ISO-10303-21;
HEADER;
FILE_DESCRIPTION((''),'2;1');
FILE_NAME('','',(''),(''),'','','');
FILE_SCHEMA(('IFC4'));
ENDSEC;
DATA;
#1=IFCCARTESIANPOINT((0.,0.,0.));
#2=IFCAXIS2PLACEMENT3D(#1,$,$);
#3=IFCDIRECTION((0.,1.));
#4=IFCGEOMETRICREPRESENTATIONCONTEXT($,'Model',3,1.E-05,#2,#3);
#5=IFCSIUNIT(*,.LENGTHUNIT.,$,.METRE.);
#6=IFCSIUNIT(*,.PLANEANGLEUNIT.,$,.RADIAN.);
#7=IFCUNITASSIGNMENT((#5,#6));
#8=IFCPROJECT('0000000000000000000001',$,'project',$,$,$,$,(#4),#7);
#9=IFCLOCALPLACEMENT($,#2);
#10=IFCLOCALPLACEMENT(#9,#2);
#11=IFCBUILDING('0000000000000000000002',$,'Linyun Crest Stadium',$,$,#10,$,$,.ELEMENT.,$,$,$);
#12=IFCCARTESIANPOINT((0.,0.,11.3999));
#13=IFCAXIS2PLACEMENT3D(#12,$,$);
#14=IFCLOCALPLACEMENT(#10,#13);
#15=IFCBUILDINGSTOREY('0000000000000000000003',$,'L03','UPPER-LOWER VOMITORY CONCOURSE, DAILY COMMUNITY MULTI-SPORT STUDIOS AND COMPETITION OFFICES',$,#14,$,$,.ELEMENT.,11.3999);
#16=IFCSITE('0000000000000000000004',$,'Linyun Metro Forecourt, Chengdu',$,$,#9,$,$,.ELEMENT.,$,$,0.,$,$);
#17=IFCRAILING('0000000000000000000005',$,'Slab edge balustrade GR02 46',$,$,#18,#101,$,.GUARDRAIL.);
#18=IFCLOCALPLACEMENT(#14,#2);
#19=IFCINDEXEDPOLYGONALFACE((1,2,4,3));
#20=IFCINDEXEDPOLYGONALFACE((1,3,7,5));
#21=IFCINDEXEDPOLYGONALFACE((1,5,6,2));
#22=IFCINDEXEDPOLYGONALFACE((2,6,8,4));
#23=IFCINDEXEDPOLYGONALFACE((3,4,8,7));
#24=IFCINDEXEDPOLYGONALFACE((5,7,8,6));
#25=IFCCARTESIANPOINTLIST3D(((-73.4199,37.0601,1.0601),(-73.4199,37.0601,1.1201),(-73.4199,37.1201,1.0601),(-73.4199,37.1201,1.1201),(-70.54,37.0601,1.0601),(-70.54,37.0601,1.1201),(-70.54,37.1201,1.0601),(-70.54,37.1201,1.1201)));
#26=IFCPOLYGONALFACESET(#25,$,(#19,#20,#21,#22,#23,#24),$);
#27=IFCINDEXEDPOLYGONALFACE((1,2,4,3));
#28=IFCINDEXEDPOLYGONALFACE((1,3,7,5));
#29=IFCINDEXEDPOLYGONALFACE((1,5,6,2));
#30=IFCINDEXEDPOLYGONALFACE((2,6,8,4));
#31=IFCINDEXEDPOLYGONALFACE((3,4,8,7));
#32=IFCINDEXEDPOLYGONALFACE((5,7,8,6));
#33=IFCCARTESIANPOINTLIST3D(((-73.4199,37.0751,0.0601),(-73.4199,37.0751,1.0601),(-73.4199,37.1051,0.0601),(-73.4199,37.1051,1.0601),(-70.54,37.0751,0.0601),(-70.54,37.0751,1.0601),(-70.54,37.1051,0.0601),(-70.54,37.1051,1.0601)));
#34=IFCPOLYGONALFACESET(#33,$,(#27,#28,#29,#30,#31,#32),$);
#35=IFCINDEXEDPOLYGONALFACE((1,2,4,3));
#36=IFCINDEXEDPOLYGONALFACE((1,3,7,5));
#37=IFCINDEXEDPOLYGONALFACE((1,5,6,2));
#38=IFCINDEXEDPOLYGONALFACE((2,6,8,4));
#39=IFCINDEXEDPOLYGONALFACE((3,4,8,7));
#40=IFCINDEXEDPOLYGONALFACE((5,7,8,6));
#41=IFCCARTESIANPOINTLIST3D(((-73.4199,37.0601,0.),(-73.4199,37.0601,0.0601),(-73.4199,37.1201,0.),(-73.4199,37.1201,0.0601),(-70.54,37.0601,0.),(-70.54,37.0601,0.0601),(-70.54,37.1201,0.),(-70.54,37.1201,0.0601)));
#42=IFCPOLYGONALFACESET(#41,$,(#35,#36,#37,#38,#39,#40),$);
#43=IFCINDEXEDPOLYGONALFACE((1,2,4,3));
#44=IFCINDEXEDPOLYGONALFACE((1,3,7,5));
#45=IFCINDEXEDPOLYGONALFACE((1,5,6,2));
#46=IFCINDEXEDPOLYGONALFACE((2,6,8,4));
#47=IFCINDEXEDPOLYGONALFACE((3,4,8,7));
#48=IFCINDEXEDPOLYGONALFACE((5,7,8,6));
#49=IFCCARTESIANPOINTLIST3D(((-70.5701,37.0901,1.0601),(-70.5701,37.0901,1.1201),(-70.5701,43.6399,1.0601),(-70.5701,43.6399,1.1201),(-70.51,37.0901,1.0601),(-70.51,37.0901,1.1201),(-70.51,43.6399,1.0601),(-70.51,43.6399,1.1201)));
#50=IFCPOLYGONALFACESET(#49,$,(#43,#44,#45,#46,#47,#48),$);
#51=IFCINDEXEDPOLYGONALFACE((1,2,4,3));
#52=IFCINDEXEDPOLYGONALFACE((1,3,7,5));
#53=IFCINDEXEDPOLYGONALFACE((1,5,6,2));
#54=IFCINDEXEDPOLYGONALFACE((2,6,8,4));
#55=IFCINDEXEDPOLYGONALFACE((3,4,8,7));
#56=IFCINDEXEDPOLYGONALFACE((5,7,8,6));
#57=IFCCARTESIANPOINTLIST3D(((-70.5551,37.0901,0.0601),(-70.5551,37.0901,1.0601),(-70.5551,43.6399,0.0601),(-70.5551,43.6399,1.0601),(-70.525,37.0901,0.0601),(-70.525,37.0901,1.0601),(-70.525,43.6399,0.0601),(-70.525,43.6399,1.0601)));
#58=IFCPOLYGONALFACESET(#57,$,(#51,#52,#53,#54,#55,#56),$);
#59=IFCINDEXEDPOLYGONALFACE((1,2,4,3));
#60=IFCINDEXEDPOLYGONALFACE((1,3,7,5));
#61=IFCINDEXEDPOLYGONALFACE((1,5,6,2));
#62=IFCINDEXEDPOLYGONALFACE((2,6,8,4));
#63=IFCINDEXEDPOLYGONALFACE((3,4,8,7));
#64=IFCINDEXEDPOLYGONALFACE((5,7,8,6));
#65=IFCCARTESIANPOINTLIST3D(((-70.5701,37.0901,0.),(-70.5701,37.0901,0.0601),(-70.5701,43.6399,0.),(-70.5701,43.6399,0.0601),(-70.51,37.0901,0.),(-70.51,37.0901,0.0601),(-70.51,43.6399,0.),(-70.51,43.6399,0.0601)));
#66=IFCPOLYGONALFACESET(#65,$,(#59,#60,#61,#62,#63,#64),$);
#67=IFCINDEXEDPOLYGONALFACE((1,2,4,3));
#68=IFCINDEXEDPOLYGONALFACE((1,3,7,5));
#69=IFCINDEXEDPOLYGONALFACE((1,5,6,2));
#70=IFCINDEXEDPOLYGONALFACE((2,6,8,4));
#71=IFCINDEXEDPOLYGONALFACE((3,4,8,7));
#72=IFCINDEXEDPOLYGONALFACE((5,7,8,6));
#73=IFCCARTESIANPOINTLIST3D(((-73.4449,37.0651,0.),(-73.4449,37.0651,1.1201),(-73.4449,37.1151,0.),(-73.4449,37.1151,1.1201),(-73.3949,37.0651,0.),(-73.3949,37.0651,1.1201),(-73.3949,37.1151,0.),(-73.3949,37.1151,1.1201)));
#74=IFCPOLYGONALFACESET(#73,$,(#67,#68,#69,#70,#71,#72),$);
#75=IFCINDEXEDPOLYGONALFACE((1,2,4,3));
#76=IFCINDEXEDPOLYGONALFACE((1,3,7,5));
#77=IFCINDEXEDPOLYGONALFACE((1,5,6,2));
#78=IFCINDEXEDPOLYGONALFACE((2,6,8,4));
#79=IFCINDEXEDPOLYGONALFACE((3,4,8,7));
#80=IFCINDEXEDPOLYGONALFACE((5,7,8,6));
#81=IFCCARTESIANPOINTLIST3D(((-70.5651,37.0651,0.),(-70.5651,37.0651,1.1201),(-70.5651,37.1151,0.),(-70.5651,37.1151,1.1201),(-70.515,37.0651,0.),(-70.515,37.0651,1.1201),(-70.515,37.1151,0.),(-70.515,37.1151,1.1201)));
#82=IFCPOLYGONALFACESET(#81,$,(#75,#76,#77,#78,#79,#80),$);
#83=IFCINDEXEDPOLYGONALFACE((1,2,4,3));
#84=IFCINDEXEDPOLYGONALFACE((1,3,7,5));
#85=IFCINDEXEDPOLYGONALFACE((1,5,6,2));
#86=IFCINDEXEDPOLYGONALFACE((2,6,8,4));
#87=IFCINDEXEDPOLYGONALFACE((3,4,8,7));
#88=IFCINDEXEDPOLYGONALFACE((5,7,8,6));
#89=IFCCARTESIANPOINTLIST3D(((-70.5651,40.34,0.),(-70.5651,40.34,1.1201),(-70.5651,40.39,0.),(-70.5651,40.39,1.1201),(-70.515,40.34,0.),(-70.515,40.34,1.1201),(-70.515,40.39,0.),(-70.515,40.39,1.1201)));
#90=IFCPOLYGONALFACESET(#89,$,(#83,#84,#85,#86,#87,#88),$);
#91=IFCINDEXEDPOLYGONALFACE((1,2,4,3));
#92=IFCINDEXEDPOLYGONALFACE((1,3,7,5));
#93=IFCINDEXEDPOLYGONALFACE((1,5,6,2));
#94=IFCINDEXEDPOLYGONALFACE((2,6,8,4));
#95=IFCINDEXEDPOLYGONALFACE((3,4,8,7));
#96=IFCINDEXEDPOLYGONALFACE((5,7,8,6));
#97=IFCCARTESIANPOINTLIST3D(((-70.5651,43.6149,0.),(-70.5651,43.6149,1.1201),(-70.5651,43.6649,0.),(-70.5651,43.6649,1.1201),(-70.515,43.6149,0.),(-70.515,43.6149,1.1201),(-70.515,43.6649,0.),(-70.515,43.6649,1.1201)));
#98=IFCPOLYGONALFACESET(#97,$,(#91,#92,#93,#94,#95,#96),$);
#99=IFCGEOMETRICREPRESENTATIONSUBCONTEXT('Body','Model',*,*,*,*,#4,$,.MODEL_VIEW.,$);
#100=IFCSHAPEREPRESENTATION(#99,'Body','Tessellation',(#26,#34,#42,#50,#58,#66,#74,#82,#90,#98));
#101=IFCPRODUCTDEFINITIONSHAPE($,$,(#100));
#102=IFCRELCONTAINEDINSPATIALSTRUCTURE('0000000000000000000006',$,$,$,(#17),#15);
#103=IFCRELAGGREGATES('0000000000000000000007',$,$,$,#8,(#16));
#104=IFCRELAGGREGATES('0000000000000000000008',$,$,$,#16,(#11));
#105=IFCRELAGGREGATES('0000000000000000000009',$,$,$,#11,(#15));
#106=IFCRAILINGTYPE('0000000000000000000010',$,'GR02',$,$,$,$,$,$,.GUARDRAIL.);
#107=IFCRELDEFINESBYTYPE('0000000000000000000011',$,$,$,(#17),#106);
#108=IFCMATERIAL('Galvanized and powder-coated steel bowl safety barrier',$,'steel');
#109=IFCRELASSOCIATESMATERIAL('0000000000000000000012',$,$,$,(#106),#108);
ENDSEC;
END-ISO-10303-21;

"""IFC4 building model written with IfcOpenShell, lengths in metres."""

from ifc_helpers import new_model, si_unit, direction, frame, origin, origin_2d, place, context, subcontext, project, spatial, rectangle, extrude, material, type_object, element, save


model = new_model("IFC4")

# Units and contexts
model_context = context("Model", 3, precision=1e-05, world=origin(), true_north=direction((0.0, 1.0)))
body_context = subcontext(model_context, "Body", "Model", "MODEL_VIEW")
ifc_project = project(units=[si_unit("LENGTHUNIT", "METRE"), si_unit("PLANEANGLEUNIT", "RADIAN")], contexts=[model_context])

# Site, building, storey
site_placement = place(None, origin())
site = spatial("IfcSite", under=ifc_project, at=site_placement, Name="Linyun Metro Forecourt, Chengdu", CompositionType="ELEMENT", RefElevation=0.0)
building_placement = place(site_placement, origin())
building = spatial("IfcBuilding", under=site, at=building_placement, Name="Linyun Crest Stadium", CompositionType="ELEMENT")
storey_placement = place(building_placement, frame((0.0, 0.0, 11.3999)))
storey = spatial("IfcBuildingStorey", under=building, at=storey_placement, Name="L03", Description="UPPER-LOWER VOMITORY CONCOURSE, DAILY COMMUNITY MULTI-SPORT STUDIOS AND COMPETITION OFFICES", CompositionType="ELEMENT", Elevation=11.3999)

# Railing
ifc_material_1 = material(Name="Galvanized and powder-coated steel bowl safety barrier", Category="steel")
railing_type = type_object("IfcRailingType", Name="GR02", PredefinedType="GUARDRAIL", material=ifc_material_1)
railing_placement = place(storey_placement, frame((-73.4199, 37.0901, 0.0)))
element("IfcRailing", 1, at=railing_placement, inside=storey, type_object=railing_type, Name="Slab edge balustrade GR02 46", PredefinedType="GUARDRAIL", context=body_context, shape_type="SweptSolid", body=[
    extrude(rectangle(XDim=0.0601, YDim=0.0601, at=origin_2d()), frame((0.0, 0.0, 1.0901), z_axis=(1.0, 0.0, 0.0), x_axis=(0.0, 1.0, 0.0)), (0.0, 0.0, 1.0), 2.8799),
    extrude(rectangle(XDim=0.03, YDim=1.0, at=origin_2d()), frame((0.0, 0.0, 0.5601), z_axis=(1.0, 0.0, 0.0), x_axis=(0.0, 1.0, 0.0)), (0.0, 0.0, 1.0), 2.8799),
    extrude(rectangle(XDim=0.0601, YDim=0.0601, at=origin_2d()), frame((0.0, 0.0, 0.03), z_axis=(1.0, 0.0, 0.0), x_axis=(0.0, 1.0, 0.0)), (0.0, 0.0, 1.0), 2.8799),
    extrude(rectangle(XDim=0.0601, YDim=0.0601, at=origin_2d()), frame((2.8799, 0.0, 1.0901), z_axis=(0.0, 1.0, 0.0), x_axis=(-1.0, 0.0, 0.0)), (0.0, 0.0, 1.0), 6.5498),
    extrude(rectangle(XDim=0.03, YDim=1.0, at=origin_2d()), frame((2.8799, 0.0, 0.5601), z_axis=(0.0, 1.0, 0.0), x_axis=(-1.0, 0.0, 0.0)), (0.0, 0.0, 1.0), 6.5498),
    extrude(rectangle(XDim=0.0601, YDim=0.0601, at=origin_2d()), frame((2.8799, 0.0, 0.03), z_axis=(0.0, 1.0, 0.0), x_axis=(-1.0, 0.0, 0.0)), (0.0, 0.0, 1.0), 6.5498),
    extrude(rectangle(XDim=0.05, YDim=0.05, at=origin_2d()), origin(), (0.0, 0.0, 1.0), 1.1201),
    extrude(rectangle(XDim=0.05, YDim=0.05, at=origin_2d()), frame((2.8799, 0.0, 0.0)), (0.0, 0.0, 1.0), 1.1201),
    extrude(rectangle(XDim=0.05, YDim=0.05, at=origin_2d()), frame((2.8799, 3.2749, 0.0)), (0.0, 0.0, 1.0), 1.1201),
    extrude(rectangle(XDim=0.05, YDim=0.05, at=origin_2d()), frame((2.8799, 6.5498, 0.0)), (0.0, 0.0, 1.0), 1.1201),
])

save(model, "model.ifc")
